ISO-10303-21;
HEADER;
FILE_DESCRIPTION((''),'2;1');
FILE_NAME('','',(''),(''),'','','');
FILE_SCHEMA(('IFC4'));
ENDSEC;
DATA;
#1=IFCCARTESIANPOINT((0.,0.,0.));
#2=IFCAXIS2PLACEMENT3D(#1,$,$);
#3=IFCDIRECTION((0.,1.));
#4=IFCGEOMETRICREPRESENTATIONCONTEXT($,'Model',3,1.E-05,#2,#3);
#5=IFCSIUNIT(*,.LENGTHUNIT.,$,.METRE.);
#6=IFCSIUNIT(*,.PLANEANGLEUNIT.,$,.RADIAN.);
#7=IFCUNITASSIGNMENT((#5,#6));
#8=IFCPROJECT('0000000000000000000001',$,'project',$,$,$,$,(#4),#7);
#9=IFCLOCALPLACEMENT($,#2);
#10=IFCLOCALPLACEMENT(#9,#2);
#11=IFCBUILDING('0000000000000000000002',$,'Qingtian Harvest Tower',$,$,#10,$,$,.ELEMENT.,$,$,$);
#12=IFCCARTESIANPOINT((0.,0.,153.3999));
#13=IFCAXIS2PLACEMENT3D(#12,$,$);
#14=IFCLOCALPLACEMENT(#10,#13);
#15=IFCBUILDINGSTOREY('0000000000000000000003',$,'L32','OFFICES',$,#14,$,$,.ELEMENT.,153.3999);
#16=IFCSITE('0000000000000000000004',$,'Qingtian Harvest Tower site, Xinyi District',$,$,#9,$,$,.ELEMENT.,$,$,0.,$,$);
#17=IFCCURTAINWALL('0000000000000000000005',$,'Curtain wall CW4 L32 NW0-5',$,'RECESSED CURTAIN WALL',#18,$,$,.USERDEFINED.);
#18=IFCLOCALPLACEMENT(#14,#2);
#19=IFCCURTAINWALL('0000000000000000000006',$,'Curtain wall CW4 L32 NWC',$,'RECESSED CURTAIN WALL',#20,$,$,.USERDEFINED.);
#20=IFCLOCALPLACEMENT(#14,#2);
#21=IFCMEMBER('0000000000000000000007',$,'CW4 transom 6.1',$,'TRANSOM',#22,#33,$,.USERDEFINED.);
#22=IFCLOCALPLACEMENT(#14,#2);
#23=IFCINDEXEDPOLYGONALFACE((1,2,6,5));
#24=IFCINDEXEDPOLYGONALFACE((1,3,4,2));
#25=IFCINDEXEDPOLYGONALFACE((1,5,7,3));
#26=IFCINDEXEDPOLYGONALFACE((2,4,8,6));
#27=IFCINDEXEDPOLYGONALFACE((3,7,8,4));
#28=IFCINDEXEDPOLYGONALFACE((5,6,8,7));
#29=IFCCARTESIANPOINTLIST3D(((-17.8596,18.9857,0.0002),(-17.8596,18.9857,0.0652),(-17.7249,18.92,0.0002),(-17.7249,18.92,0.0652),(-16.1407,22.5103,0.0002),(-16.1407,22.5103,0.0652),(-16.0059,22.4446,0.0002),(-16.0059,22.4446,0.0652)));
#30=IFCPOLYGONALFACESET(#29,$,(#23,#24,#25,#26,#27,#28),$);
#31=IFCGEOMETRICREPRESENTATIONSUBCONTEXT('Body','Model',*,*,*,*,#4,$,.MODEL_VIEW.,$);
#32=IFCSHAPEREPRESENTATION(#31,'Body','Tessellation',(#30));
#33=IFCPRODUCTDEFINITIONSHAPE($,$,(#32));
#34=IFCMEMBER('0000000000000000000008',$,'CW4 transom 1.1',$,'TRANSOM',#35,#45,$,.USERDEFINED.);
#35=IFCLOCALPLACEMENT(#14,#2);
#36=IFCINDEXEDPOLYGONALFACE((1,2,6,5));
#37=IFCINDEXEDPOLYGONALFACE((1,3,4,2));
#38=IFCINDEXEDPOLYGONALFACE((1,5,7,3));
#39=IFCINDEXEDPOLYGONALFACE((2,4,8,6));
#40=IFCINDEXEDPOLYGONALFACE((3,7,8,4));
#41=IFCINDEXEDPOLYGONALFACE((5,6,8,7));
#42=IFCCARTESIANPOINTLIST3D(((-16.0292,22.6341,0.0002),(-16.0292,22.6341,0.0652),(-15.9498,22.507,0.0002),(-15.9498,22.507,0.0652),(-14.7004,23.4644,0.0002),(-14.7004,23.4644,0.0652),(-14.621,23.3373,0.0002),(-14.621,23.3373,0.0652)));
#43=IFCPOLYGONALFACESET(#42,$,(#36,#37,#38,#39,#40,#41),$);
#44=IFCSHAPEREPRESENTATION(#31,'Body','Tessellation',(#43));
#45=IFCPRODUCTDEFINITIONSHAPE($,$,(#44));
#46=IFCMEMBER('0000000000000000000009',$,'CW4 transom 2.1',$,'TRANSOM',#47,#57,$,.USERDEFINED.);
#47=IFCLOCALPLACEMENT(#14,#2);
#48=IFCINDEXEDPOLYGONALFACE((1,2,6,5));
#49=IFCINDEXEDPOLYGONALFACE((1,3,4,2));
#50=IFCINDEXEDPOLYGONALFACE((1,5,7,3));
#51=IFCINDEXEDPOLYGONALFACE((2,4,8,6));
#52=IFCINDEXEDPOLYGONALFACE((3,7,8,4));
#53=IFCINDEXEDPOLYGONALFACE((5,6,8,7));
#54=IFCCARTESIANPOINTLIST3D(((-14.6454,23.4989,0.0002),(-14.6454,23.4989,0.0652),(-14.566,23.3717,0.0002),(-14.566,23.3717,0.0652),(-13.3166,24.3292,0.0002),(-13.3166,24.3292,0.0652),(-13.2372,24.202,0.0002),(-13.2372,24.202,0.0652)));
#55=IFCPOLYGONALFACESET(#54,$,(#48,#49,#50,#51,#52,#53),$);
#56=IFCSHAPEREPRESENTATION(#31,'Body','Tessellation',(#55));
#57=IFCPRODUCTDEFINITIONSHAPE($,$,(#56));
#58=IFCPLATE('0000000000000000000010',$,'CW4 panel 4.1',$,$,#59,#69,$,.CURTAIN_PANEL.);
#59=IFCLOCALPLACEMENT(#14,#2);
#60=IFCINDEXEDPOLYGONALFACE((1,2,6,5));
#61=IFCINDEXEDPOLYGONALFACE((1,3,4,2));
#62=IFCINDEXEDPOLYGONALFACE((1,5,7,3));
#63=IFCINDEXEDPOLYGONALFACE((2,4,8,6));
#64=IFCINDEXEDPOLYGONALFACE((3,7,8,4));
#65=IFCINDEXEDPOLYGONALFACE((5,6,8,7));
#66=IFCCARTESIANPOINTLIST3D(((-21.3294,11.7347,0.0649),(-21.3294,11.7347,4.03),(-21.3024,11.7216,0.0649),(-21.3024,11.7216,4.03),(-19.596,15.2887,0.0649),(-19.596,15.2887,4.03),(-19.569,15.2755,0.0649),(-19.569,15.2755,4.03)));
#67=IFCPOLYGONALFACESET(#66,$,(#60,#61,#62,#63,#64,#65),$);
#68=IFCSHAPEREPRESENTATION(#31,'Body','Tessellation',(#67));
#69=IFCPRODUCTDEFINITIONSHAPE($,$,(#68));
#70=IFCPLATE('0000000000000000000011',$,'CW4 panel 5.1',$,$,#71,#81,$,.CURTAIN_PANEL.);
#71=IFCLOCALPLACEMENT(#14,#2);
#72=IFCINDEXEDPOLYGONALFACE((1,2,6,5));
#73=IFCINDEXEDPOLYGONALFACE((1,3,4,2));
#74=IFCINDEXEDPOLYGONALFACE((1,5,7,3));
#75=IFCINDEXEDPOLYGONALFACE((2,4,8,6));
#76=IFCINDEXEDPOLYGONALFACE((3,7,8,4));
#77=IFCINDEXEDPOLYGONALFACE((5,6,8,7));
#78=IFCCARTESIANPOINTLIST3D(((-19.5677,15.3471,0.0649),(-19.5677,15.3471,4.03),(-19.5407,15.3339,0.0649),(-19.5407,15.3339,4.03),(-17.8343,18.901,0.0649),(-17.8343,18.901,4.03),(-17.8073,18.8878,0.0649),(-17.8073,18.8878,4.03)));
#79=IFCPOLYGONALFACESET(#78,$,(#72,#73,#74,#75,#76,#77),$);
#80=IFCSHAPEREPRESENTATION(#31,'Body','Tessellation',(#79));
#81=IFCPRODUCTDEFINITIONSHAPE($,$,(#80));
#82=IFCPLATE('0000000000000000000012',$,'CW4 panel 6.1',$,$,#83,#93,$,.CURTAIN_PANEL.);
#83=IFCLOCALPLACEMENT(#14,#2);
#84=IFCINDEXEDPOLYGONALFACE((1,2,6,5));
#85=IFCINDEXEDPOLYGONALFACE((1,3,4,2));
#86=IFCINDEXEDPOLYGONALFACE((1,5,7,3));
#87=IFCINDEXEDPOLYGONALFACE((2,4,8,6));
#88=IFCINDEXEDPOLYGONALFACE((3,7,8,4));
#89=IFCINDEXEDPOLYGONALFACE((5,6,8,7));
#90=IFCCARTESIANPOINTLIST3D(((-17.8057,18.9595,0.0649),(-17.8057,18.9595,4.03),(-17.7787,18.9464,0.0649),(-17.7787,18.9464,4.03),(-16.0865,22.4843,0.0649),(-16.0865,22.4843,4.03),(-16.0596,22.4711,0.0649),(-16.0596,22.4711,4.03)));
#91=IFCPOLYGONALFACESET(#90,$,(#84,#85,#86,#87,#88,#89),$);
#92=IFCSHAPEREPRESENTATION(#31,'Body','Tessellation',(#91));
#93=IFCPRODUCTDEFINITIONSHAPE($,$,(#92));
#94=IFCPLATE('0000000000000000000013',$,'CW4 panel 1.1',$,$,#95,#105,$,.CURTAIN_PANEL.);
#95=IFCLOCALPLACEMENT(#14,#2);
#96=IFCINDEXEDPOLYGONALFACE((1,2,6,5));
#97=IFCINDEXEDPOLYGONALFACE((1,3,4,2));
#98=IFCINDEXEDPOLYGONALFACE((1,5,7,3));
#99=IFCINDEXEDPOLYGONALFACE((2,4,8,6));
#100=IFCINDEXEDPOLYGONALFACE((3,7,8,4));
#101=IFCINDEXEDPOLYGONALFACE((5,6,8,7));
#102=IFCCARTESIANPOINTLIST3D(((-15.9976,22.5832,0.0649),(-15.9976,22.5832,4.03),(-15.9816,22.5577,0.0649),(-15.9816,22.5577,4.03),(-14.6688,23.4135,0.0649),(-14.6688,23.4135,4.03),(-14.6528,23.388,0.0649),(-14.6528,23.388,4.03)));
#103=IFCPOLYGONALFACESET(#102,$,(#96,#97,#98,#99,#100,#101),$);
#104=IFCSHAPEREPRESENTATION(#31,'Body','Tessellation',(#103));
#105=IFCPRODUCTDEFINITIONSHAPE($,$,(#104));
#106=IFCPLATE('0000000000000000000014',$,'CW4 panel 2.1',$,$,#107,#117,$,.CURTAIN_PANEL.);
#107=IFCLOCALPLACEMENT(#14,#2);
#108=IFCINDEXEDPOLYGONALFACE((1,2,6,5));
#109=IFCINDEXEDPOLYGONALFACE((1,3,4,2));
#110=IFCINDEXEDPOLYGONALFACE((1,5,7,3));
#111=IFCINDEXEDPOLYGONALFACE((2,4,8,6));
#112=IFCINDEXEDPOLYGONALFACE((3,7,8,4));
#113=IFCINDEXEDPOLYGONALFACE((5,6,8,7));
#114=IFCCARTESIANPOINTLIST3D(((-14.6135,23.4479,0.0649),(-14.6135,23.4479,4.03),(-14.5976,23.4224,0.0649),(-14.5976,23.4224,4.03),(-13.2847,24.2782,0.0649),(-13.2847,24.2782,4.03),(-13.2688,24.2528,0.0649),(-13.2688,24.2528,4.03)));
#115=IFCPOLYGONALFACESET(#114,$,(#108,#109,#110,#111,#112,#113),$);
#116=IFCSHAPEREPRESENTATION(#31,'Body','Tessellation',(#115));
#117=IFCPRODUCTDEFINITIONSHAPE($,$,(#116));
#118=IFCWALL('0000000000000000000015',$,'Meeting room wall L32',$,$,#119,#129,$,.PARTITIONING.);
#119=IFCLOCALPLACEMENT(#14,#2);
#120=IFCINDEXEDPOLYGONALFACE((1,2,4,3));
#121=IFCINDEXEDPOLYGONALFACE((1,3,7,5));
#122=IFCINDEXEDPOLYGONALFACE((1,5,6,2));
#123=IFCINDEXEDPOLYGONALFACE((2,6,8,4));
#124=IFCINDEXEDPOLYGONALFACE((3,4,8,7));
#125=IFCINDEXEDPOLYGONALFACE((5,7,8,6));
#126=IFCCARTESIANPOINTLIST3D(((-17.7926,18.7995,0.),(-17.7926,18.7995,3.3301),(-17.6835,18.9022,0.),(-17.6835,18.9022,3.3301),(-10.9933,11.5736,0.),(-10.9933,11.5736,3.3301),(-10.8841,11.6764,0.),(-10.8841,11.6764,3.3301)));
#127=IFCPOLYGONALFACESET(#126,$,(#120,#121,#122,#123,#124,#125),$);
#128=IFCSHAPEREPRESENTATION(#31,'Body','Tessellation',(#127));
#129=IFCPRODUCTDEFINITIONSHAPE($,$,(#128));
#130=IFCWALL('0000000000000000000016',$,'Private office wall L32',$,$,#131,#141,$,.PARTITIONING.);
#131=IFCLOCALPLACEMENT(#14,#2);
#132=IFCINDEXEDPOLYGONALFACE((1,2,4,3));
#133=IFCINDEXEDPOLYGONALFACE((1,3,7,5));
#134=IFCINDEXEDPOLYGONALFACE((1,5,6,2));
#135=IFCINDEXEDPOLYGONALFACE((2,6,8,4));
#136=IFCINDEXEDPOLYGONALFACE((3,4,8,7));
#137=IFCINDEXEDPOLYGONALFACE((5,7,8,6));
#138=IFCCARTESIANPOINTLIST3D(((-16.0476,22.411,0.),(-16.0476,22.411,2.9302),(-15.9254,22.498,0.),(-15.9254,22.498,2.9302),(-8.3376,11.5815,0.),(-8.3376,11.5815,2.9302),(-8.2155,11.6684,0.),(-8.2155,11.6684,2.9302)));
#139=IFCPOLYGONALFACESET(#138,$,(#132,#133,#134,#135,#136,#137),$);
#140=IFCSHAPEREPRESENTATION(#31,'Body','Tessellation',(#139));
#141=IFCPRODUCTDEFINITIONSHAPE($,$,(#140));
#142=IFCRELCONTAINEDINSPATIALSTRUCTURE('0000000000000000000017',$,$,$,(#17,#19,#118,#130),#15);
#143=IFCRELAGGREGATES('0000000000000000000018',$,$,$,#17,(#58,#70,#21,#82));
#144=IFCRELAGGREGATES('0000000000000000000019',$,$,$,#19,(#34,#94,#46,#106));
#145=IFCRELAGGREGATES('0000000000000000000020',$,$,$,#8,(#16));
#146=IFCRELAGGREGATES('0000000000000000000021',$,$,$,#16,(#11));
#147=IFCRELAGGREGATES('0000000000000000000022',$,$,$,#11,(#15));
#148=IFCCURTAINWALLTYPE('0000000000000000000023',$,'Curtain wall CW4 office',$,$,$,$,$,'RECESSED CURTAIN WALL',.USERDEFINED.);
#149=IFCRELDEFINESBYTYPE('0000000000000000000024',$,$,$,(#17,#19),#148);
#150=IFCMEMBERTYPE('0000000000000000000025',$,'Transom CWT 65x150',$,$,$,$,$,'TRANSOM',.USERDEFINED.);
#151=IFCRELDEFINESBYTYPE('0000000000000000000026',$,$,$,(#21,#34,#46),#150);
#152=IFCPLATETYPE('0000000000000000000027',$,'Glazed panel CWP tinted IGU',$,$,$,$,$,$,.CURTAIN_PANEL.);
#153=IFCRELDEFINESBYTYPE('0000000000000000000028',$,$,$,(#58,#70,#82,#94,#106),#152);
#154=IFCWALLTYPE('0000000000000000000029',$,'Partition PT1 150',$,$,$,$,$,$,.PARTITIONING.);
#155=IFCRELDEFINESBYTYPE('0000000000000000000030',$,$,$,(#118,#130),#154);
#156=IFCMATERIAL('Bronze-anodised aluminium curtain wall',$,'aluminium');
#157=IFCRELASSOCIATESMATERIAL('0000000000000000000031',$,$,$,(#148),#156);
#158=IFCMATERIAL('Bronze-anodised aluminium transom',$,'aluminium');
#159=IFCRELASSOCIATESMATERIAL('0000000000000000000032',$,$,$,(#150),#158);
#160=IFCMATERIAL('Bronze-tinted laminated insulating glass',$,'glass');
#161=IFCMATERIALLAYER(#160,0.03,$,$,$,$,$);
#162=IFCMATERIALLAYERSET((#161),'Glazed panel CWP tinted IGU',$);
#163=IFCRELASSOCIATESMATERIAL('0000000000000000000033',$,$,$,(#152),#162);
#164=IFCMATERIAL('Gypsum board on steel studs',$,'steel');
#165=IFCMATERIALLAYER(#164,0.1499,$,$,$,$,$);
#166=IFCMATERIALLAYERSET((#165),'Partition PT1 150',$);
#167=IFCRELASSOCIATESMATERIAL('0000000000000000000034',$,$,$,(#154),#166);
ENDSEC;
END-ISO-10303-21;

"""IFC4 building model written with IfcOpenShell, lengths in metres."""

from ifc_helpers import new_model, si_unit, direction, frame, frame_2d, origin, origin_2d, place, context, subcontext, project, spatial, rectangle, extrude, material, layer, layer_set, material_profile, profile_set, type_object, element, aggregate, save


model = new_model("IFC4")

# Units and contexts
model_context = context("Model", 3, precision=1e-05, world=origin(), true_north=direction((0.0, 1.0)))
body_context = subcontext(model_context, "Body", "Model", "MODEL_VIEW")
ifc_project = project(units=[si_unit("LENGTHUNIT", "METRE"), si_unit("PLANEANGLEUNIT", "RADIAN")], contexts=[model_context])

# Site, building, storey
site_placement = place(None, origin())
site = spatial("IfcSite", under=ifc_project, at=site_placement, Name="Qingtian Harvest Tower site, Xinyi District", CompositionType="ELEMENT", RefElevation=0.0)
building_placement = place(site_placement, origin())
building = spatial("IfcBuilding", under=site, at=building_placement, Name="Qingtian Harvest Tower", CompositionType="ELEMENT")
storey_placement = place(building_placement, frame((0.0, 0.0, 153.3999)))
storey = spatial("IfcBuildingStorey", under=building, at=storey_placement, Name="L32", Description="OFFICES", CompositionType="ELEMENT", Elevation=153.3999)

# Curtain walls
ifc_material_1 = material(Name="Bronze-anodised aluminium curtain wall", Category="aluminium")
curtain_wall_type = type_object("IfcCurtainWallType", Name="Curtain wall CW4 office", ElementType="RECESSED CURTAIN WALL", PredefinedType="USERDEFINED", material=ifc_material_1)
curtain_wall_1_placement = place(storey_placement, origin())
curtain_wall_1 = element("IfcCurtainWall", 1, at=curtain_wall_1_placement, inside=storey, type_object=curtain_wall_type, Name="Curtain wall CW4 L32 NW0-5", ObjectType="RECESSED CURTAIN WALL", PredefinedType="USERDEFINED")
curtain_wall_2_placement = place(storey_placement, origin())
curtain_wall_2 = element("IfcCurtainWall", 2, at=curtain_wall_2_placement, inside=storey, type_object=curtain_wall_type, Name="Curtain wall CW4 L32 NWC", ObjectType="RECESSED CURTAIN WALL", PredefinedType="USERDEFINED")

# Members
ifc_material_2 = material(Name="Bronze-anodised aluminium transom", Category="aluminium")
ifc_material_profile_1 = material_profile(ifc_material_2, rectangle(XDim=0.1499, YDim=0.0649, at=origin_2d()), Name="AL 65x150")
ifc_profile_set_1 = profile_set([ifc_material_profile_1], Name="Bronze-anodised aluminium transom")
member_type_1 = type_object("IfcMemberType", Name="Transom CWT 65x150", ElementType="TRANSOM", PredefinedType="USERDEFINED", material=ifc_profile_set_1)
member_1_placement = place(storey_placement, frame((-17.7922, 18.9529, 0.0327), z_axis=(0.438351, 0.898804, 0.0), x_axis=(-0.898804, 0.438351, 0.0)))
member_1 = element("IfcMember", 3, at=member_1_placement, type_object=member_type_1, Name="CW4 transom 6.1", ObjectType="TRANSOM", PredefinedType="USERDEFINED", context=body_context, shape_type="SweptSolid", body=[
    extrude(rectangle(XDim=0.1499, YDim=0.0649, at=origin_2d()), origin(), (0.0, 0.0, 1.0), 3.9214),
])
member_2_placement = place(storey_placement, frame((-15.9895, 22.5706, 0.0327), z_axis=(0.84806, 0.529901, 0.0), x_axis=(-0.529901, 0.84806, 0.0)))
member_2 = element("IfcMember", 4, at=member_2_placement, type_object=member_type_1, Name="CW4 transom 1.1", ObjectType="TRANSOM", PredefinedType="USERDEFINED", context=body_context, shape_type="SweptSolid", body=[
    extrude(rectangle(XDim=0.1499, YDim=0.0649, at=origin_2d()), origin(), (0.0, 0.0, 1.0), 1.5669),
])
member_3_placement = place(storey_placement, frame((-14.6057, 23.4353, 0.0327), z_axis=(0.84806, 0.529901, 0.0), x_axis=(-0.529901, 0.84806, 0.0)))
member_3 = element("IfcMember", 5, at=member_3_placement, type_object=member_type_1, Name="CW4 transom 2.1", ObjectType="TRANSOM", PredefinedType="USERDEFINED", context=body_context, shape_type="SweptSolid", body=[
    extrude(rectangle(XDim=0.1499, YDim=0.0649, at=origin_2d()), origin(), (0.0, 0.0, 1.0), 1.5669),
])

# Plates
ifc_material_3 = material(Name="Bronze-tinted laminated insulating glass", Category="glass")
ifc_layer_1 = layer(ifc_material_3, 0.03)
ifc_layer_set_1 = layer_set([ifc_layer_1], Name="Glazed panel CWP tinted IGU")
plate_type = type_object("IfcPlateType", Name="Glazed panel CWP tinted IGU", PredefinedType="CURTAIN_PANEL", material=ifc_layer_set_1)
plate_1_placement = place(storey_placement, frame((-20.4492, 13.5051, 0.0649), z_axis=(0.0, 0.0, 1.0), x_axis=(0.438371, 0.898794, 0.0)))
plate_1 = element("IfcPlate", 6, at=plate_1_placement, type_object=plate_type, Name="CW4 panel 4.1", PredefinedType="CURTAIN_PANEL", context=body_context, shape_type="SweptSolid", body=[
    extrude(rectangle(XDim=3.9541, YDim=0.03, at=origin_2d()), origin(), (0.0, 0.0, 1.0), 3.9651),
])
plate_2_placement = place(storey_placement, frame((-18.6875, 17.1174, 0.0649), z_axis=(0.0, 0.0, 1.0), x_axis=(0.438371, 0.898794, 0.0)))
plate_2 = element("IfcPlate", 7, at=plate_2_placement, type_object=plate_type, Name="CW4 panel 5.1", PredefinedType="CURTAIN_PANEL", context=body_context, shape_type="SweptSolid", body=[
    extrude(rectangle(XDim=3.9541, YDim=0.03, at=origin_2d()), origin(), (0.0, 0.0, 1.0), 3.9651),
])
plate_3_placement = place(storey_placement, frame((-16.9326, 20.7153, 0.0649), z_axis=(0.0, 0.0, 1.0), x_axis=(0.438371, 0.898794, 0.0)))
plate_3 = element("IfcPlate", 8, at=plate_3_placement, type_object=plate_type, Name="CW4 panel 6.1", PredefinedType="CURTAIN_PANEL", context=body_context, shape_type="SweptSolid", body=[
    extrude(rectangle(XDim=3.9216, YDim=0.03, at=origin_2d()), origin(), (0.0, 0.0, 1.0), 3.9651),
])
aggregate(curtain_wall_1, [plate_1, plate_2, member_1, plate_3])
plate_4_placement = place(storey_placement, frame((-15.3252, 22.9856, 0.0649), z_axis=(0.0, 0.0, 1.0), x_axis=(0.848048, 0.529919, 0.0)))
plate_4 = element("IfcPlate", 9, at=plate_4_placement, type_object=plate_type, Name="CW4 panel 1.1", PredefinedType="CURTAIN_PANEL", context=body_context, shape_type="SweptSolid", body=[
    extrude(rectangle(XDim=1.5669, YDim=0.03, at=origin_2d()), origin(), (0.0, 0.0, 1.0), 3.9651),
])
plate_5_placement = place(storey_placement, frame((-13.9412, 23.8503, 0.0649), z_axis=(0.0, 0.0, 1.0), x_axis=(0.848048, 0.529919, 0.0)))
plate_5 = element("IfcPlate", 10, at=plate_5_placement, type_object=plate_type, Name="CW4 panel 2.1", PredefinedType="CURTAIN_PANEL", context=body_context, shape_type="SweptSolid", body=[
    extrude(rectangle(XDim=1.5669, YDim=0.03, at=origin_2d()), origin(), (0.0, 0.0, 1.0), 3.9651),
])
aggregate(curtain_wall_2, [member_2, plate_4, member_3, plate_5])

# Walls
ifc_material_4 = material(Name="Gypsum board on steel studs", Category="steel")
ifc_layer_2 = layer(ifc_material_4, 0.1499)
ifc_layer_set_2 = layer_set([ifc_layer_2], Name="Partition PT1 150")
wall_type = type_object("IfcWallType", Name="Partition PT1 150", PredefinedType="PARTITIONING", material=ifc_layer_set_2)
wall_1_placement = place(storey_placement, frame((-17.738, 18.8508, 0.0), z_axis=(0.0, 0.0, 1.0), x_axis=(0.685286, -0.728274, 0.0)))
element("IfcWall", 11, at=wall_1_placement, inside=storey, type_object=wall_type, Name="Meeting room wall L32", PredefinedType="PARTITIONING", context=body_context, shape_type="SweptSolid", body=[
    extrude(rectangle(XDim=9.9219, YDim=0.1499, at=frame_2d((4.9609, 0.0))), origin(), (0.0, 0.0, 1.0), 3.3301),
])
wall_2_placement = place(storey_placement, frame((-15.9866, 22.4546, 0.0), z_axis=(0.0, 0.0, 1.0), x_axis=(0.579969, -0.814638, 0.0)))
element("IfcWall", 12, at=wall_2_placement, inside=storey, type_object=wall_type, Name="Private office wall L32", PredefinedType="PARTITIONING", context=body_context, shape_type="SweptSolid", body=[
    extrude(rectangle(XDim=13.2937, YDim=0.1499, at=frame_2d((6.647, 0.0))), origin(), (0.0, 0.0, 1.0), 2.9302),
])

save(model, "model.ifc")
